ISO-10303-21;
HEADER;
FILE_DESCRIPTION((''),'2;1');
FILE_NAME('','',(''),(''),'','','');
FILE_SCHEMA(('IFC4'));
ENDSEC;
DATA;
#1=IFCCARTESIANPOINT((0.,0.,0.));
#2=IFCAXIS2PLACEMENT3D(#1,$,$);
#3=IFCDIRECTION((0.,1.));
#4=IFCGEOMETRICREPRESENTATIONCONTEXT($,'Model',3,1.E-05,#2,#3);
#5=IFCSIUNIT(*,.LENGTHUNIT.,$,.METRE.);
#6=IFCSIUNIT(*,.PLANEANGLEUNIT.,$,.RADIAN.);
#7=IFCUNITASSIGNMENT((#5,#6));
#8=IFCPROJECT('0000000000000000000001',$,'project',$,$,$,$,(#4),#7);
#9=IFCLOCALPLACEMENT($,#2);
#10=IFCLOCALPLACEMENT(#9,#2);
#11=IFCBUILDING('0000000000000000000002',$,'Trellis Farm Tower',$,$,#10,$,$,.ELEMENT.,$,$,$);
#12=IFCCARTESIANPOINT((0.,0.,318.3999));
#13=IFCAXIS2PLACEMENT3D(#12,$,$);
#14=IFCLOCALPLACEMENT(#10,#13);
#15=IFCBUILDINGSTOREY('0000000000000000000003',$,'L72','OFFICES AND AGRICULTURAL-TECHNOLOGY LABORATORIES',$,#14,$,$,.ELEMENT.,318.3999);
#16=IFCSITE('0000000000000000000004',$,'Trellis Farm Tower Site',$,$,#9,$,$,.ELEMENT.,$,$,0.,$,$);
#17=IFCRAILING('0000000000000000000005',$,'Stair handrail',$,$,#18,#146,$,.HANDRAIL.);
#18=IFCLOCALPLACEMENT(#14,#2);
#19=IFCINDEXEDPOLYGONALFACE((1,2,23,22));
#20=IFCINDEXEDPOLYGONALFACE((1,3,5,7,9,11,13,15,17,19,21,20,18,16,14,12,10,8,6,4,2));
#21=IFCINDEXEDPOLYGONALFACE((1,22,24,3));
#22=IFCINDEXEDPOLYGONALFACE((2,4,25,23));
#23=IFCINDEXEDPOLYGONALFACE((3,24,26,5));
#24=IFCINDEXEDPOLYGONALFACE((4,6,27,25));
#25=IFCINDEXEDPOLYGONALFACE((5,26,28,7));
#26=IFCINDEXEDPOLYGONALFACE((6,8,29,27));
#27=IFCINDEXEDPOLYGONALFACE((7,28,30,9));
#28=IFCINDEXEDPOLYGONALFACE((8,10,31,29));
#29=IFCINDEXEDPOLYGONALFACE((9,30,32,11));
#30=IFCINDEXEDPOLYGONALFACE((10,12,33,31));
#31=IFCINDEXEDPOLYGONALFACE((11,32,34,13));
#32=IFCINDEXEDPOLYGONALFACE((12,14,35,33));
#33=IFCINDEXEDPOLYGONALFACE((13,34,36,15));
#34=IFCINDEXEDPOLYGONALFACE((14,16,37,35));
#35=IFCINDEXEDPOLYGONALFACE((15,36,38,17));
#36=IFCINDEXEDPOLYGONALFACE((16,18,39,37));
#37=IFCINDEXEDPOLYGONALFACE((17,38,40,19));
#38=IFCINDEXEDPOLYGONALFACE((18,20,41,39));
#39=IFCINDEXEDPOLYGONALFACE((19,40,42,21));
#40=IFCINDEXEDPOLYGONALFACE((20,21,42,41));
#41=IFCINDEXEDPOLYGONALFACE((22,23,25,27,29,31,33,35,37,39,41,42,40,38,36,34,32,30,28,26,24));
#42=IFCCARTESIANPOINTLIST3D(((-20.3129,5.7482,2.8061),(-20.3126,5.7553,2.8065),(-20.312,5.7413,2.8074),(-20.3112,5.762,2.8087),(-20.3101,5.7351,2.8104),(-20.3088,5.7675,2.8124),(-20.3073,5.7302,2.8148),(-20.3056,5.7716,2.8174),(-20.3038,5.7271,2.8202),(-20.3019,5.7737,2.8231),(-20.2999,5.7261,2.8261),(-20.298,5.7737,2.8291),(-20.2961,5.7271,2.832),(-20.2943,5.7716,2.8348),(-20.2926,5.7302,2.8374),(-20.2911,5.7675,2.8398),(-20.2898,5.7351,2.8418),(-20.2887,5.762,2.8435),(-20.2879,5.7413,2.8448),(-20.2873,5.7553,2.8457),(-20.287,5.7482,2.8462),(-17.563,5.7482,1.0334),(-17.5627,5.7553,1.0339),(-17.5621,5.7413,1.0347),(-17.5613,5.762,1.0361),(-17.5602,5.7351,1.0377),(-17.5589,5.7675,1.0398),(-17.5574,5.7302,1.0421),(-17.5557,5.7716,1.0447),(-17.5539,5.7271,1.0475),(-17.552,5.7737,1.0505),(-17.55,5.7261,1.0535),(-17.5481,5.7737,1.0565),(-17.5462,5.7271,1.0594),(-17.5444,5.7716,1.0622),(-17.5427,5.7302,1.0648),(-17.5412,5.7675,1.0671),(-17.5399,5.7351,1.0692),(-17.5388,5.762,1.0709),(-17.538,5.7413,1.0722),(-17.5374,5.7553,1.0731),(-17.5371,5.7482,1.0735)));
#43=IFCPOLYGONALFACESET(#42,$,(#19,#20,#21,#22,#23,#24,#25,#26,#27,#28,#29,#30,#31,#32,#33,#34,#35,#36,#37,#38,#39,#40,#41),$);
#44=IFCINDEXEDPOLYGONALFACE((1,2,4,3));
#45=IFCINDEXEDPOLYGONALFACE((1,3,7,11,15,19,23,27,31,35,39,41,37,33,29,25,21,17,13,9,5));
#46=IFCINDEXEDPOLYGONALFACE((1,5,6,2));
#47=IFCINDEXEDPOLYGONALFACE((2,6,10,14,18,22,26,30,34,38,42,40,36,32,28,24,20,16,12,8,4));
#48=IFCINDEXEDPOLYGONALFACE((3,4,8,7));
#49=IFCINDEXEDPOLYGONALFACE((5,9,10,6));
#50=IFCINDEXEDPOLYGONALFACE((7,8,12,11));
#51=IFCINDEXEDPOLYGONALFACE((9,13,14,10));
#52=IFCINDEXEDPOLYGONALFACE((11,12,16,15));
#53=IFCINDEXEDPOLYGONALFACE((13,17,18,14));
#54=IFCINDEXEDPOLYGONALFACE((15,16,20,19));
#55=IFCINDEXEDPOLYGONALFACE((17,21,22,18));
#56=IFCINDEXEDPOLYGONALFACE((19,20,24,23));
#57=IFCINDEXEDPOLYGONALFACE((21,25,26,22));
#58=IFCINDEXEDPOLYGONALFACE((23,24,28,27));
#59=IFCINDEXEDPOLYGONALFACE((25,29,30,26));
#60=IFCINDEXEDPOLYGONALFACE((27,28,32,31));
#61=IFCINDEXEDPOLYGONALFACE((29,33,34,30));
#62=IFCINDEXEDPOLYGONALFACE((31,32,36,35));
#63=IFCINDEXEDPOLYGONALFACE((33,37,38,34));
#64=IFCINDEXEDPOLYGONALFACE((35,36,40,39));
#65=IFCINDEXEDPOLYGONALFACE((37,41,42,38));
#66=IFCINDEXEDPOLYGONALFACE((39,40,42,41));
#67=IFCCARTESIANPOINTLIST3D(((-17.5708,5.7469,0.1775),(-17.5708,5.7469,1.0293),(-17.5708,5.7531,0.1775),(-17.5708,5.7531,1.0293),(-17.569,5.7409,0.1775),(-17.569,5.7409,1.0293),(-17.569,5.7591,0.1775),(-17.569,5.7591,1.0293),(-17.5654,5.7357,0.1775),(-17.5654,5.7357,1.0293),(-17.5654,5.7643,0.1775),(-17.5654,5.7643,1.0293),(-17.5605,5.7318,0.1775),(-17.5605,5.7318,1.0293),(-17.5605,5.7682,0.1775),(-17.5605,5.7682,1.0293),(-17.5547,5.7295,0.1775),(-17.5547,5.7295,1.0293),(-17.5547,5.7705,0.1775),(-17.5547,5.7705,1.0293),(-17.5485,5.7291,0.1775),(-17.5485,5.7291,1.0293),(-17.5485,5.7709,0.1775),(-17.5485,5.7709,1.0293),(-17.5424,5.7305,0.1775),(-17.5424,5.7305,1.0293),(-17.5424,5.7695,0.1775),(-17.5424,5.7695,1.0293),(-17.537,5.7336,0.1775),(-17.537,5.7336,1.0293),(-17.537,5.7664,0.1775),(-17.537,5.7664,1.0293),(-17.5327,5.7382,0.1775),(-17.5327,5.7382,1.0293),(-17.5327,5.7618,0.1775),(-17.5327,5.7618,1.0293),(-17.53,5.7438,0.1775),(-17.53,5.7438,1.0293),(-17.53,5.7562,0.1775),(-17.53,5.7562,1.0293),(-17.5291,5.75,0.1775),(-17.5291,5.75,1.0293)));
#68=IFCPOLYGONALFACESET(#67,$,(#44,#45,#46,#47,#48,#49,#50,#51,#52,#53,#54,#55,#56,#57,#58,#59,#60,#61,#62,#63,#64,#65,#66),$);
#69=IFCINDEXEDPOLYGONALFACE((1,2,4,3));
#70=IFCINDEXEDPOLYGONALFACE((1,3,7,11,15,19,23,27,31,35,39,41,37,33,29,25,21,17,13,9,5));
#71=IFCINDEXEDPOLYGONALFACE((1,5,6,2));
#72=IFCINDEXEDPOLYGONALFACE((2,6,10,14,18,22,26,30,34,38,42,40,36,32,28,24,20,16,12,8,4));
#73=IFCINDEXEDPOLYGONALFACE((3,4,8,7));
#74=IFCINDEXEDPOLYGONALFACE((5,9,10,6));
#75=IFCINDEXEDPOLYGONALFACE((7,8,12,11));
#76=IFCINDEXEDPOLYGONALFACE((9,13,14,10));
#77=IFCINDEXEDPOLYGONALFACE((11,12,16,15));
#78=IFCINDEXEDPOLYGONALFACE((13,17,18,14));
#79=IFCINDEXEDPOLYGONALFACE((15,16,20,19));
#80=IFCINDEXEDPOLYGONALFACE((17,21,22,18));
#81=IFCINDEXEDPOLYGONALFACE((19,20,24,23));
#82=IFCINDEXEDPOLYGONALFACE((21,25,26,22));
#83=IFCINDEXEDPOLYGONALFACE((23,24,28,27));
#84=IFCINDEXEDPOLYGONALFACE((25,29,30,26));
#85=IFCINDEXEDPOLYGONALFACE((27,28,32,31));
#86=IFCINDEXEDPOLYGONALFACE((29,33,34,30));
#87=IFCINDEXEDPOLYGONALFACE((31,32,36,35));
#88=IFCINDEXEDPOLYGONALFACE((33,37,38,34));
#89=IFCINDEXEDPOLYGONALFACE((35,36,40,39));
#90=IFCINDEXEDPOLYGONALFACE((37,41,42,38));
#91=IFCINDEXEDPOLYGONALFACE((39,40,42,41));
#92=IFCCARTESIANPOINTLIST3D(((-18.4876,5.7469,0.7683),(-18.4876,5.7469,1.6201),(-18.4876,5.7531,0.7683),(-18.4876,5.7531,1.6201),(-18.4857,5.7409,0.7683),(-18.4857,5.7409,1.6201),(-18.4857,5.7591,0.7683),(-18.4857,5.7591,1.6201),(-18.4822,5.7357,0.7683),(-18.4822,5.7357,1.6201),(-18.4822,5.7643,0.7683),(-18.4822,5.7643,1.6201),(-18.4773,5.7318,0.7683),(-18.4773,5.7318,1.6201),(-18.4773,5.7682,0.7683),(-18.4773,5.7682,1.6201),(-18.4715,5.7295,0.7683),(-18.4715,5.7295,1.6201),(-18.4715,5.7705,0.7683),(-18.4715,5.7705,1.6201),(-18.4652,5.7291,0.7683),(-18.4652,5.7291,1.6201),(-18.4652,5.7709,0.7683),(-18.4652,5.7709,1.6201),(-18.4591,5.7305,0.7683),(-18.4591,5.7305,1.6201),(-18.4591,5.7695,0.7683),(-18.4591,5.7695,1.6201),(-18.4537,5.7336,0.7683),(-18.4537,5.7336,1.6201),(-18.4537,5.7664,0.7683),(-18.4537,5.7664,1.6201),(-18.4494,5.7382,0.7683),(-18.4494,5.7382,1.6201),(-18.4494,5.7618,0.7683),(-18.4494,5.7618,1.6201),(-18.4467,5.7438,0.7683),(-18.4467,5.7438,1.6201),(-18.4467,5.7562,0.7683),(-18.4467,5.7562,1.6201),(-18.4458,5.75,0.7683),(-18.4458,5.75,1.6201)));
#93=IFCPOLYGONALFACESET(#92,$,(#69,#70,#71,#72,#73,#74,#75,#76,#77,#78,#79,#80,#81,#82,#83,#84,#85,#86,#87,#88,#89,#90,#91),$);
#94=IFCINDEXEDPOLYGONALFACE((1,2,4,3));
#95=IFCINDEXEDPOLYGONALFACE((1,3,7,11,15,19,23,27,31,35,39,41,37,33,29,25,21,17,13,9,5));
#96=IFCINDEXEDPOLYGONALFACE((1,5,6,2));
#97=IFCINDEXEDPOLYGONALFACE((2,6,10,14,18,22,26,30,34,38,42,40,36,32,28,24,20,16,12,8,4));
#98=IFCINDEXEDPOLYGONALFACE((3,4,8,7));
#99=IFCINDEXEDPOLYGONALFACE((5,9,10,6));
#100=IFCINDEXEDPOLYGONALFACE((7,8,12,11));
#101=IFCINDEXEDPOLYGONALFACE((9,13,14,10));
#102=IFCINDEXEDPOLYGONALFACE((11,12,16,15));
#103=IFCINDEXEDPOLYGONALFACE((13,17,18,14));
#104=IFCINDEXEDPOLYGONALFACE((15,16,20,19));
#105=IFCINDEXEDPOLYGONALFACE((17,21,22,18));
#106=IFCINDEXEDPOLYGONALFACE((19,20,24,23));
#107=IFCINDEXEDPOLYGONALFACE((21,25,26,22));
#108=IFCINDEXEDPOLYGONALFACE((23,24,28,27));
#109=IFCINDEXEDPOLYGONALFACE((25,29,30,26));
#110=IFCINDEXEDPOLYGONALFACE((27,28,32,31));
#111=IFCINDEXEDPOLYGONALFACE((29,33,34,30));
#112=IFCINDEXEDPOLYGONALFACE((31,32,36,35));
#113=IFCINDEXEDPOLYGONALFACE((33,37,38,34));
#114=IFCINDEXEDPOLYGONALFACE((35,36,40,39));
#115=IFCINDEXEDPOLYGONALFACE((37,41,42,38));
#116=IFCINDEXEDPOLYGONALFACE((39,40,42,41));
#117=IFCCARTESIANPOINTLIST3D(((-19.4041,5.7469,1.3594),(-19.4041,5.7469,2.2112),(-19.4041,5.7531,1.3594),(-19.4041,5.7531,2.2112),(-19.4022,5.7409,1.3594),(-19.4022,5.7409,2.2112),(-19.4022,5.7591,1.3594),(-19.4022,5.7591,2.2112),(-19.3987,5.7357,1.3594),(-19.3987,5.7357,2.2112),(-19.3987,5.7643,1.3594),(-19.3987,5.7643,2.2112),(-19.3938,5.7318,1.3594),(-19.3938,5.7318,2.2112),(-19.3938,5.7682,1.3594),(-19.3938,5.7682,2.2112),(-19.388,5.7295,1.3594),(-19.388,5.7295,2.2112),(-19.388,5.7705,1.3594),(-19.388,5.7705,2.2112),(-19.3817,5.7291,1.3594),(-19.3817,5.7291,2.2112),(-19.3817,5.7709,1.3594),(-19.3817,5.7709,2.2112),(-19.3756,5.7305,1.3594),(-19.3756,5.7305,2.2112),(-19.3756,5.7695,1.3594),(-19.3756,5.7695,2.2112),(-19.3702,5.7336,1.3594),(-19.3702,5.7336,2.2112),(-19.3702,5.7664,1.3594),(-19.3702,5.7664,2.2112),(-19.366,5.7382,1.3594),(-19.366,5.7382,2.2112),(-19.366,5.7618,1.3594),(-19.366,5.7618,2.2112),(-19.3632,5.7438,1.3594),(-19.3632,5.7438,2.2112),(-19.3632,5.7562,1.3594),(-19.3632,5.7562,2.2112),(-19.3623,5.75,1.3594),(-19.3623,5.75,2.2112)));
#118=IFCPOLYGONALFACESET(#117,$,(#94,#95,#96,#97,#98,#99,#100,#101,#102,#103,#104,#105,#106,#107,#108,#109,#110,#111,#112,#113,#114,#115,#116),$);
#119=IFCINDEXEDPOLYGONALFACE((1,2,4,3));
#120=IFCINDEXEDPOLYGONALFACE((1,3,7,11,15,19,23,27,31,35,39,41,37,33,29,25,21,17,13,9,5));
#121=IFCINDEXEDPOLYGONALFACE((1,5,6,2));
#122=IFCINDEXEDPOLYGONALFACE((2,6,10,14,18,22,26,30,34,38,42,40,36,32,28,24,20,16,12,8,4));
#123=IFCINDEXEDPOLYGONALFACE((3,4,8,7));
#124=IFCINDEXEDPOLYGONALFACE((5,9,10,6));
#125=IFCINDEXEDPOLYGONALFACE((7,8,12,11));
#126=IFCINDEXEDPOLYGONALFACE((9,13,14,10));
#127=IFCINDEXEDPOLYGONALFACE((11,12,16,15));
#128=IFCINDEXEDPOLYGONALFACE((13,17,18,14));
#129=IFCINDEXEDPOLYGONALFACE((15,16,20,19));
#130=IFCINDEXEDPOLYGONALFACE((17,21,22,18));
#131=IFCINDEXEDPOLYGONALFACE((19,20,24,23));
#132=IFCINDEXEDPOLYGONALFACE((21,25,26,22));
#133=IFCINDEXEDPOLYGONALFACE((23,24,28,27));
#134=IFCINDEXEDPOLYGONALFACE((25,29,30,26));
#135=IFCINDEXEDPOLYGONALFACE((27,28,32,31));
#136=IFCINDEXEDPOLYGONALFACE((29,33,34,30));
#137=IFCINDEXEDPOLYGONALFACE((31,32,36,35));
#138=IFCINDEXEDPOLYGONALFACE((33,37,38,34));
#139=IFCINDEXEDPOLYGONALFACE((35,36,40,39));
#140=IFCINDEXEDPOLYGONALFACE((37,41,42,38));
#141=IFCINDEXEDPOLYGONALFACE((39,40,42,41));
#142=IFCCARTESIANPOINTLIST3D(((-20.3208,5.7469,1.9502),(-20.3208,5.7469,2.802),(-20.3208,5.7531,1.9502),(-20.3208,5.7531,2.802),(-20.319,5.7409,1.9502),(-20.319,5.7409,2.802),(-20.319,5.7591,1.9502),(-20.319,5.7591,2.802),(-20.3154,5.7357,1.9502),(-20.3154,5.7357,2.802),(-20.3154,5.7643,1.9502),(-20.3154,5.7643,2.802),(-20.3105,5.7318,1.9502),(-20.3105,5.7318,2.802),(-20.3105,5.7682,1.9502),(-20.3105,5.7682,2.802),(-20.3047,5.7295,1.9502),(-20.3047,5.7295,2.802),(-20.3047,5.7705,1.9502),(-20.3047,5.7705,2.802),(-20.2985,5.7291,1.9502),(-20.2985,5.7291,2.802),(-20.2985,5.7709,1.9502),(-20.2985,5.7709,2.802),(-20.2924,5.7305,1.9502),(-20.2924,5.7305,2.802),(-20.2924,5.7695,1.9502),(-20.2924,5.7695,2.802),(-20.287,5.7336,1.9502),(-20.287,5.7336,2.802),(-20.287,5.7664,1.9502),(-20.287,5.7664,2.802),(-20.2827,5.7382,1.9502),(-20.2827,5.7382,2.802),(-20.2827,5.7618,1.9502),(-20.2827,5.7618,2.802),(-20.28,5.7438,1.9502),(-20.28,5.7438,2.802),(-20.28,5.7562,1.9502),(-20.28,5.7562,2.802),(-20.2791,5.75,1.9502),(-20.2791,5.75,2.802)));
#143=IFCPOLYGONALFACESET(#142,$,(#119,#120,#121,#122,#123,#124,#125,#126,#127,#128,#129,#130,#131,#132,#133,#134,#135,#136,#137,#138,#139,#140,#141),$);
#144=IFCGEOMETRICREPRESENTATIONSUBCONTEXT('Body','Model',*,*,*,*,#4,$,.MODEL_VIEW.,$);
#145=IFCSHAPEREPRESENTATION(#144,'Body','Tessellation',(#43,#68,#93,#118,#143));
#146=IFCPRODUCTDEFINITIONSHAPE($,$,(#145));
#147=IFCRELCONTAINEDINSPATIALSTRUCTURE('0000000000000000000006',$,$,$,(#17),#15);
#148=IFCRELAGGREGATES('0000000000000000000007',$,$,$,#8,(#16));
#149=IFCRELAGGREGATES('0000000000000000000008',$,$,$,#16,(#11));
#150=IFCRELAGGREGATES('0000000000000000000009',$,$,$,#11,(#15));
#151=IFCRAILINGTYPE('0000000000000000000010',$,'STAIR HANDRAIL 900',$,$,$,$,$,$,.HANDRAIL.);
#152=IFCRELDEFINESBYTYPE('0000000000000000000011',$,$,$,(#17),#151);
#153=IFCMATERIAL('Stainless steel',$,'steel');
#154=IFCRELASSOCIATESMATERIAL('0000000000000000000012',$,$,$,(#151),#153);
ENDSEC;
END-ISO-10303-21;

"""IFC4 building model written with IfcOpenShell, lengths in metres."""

from ifc_helpers import new_model, si_unit, direction, frame, origin, origin_2d, place, context, subcontext, project, spatial, circle, extrude, source, transform, mapped, material, type_object, element, save


model = new_model("IFC4")

# Units and contexts
model_context = context("Model", 3, precision=1e-05, world=origin(), true_north=direction((0.0, 1.0)))
body_context = subcontext(model_context, "Body", "Model", "MODEL_VIEW")
ifc_project = project(units=[si_unit("LENGTHUNIT", "METRE"), si_unit("PLANEANGLEUNIT", "RADIAN")], contexts=[model_context])

# Site, building, storey
site_placement = place(None, origin())
site = spatial("IfcSite", under=ifc_project, at=site_placement, Name="Trellis Farm Tower Site", CompositionType="ELEMENT", RefElevation=0.0)
building_placement = place(site_placement, origin())
building = spatial("IfcBuilding", under=site, at=building_placement, Name="Trellis Farm Tower", CompositionType="ELEMENT")
storey_placement = place(building_placement, frame((0.0, 0.0, 318.3999)))
storey = spatial("IfcBuildingStorey", under=building, at=storey_placement, Name="L72", Description="OFFICES AND AGRICULTURAL-TECHNOLOGY LABORATORIES", CompositionType="ELEMENT", Elevation=318.3999)

# Railing
ifc_material_1 = material(Name="Stainless steel", Category="steel")
railing_type = type_object("IfcRailingType", Name="STAIR HANDRAIL 900", PredefinedType="HANDRAIL", material=ifc_material_1)
shared_shape_1 = source(origin(), body_context, "Body", "SweptSolid", [
    extrude(circle(Radius=0.0239, at=origin_2d()), frame((0.0, 0.0, 0.876), z_axis=(-0.840504, 0.0, 0.541806), x_axis=(0.0, -1.0, 0.0)), (0.0, 0.0, 1.0), 3.2717),
    extrude(circle(Radius=0.021, at=origin_2d()), origin(), (0.0, 0.0, 1.0), 0.8518),
    extrude(circle(Radius=0.021, at=origin_2d()), frame((-0.9167, 0.0, 0.5908)), (0.0, 0.0, 1.0), 0.8518),
    extrude(circle(Radius=0.021, at=origin_2d()), frame((-1.8333, 0.0, 1.1819)), (0.0, 0.0, 1.0), 0.8518),
    extrude(circle(Radius=0.021, at=origin_2d()), frame((-2.75, 0.0, 1.7727)), (0.0, 0.0, 1.0), 0.8518),
])
for number, where, name in (
    (1, (-17.55, 5.75, 0.1775), "Stair handrail"),
):
    element("IfcRailing", number, at=place(storey_placement, frame(where)), inside=storey, type_object=railing_type, Name=name, PredefinedType="HANDRAIL", context=body_context, shape_type="MappedRepresentation", body=[
        mapped(shared_shape_1, transform((0.0, 0.0, 0.0))),
    ])

save(model, "model.ifc")
